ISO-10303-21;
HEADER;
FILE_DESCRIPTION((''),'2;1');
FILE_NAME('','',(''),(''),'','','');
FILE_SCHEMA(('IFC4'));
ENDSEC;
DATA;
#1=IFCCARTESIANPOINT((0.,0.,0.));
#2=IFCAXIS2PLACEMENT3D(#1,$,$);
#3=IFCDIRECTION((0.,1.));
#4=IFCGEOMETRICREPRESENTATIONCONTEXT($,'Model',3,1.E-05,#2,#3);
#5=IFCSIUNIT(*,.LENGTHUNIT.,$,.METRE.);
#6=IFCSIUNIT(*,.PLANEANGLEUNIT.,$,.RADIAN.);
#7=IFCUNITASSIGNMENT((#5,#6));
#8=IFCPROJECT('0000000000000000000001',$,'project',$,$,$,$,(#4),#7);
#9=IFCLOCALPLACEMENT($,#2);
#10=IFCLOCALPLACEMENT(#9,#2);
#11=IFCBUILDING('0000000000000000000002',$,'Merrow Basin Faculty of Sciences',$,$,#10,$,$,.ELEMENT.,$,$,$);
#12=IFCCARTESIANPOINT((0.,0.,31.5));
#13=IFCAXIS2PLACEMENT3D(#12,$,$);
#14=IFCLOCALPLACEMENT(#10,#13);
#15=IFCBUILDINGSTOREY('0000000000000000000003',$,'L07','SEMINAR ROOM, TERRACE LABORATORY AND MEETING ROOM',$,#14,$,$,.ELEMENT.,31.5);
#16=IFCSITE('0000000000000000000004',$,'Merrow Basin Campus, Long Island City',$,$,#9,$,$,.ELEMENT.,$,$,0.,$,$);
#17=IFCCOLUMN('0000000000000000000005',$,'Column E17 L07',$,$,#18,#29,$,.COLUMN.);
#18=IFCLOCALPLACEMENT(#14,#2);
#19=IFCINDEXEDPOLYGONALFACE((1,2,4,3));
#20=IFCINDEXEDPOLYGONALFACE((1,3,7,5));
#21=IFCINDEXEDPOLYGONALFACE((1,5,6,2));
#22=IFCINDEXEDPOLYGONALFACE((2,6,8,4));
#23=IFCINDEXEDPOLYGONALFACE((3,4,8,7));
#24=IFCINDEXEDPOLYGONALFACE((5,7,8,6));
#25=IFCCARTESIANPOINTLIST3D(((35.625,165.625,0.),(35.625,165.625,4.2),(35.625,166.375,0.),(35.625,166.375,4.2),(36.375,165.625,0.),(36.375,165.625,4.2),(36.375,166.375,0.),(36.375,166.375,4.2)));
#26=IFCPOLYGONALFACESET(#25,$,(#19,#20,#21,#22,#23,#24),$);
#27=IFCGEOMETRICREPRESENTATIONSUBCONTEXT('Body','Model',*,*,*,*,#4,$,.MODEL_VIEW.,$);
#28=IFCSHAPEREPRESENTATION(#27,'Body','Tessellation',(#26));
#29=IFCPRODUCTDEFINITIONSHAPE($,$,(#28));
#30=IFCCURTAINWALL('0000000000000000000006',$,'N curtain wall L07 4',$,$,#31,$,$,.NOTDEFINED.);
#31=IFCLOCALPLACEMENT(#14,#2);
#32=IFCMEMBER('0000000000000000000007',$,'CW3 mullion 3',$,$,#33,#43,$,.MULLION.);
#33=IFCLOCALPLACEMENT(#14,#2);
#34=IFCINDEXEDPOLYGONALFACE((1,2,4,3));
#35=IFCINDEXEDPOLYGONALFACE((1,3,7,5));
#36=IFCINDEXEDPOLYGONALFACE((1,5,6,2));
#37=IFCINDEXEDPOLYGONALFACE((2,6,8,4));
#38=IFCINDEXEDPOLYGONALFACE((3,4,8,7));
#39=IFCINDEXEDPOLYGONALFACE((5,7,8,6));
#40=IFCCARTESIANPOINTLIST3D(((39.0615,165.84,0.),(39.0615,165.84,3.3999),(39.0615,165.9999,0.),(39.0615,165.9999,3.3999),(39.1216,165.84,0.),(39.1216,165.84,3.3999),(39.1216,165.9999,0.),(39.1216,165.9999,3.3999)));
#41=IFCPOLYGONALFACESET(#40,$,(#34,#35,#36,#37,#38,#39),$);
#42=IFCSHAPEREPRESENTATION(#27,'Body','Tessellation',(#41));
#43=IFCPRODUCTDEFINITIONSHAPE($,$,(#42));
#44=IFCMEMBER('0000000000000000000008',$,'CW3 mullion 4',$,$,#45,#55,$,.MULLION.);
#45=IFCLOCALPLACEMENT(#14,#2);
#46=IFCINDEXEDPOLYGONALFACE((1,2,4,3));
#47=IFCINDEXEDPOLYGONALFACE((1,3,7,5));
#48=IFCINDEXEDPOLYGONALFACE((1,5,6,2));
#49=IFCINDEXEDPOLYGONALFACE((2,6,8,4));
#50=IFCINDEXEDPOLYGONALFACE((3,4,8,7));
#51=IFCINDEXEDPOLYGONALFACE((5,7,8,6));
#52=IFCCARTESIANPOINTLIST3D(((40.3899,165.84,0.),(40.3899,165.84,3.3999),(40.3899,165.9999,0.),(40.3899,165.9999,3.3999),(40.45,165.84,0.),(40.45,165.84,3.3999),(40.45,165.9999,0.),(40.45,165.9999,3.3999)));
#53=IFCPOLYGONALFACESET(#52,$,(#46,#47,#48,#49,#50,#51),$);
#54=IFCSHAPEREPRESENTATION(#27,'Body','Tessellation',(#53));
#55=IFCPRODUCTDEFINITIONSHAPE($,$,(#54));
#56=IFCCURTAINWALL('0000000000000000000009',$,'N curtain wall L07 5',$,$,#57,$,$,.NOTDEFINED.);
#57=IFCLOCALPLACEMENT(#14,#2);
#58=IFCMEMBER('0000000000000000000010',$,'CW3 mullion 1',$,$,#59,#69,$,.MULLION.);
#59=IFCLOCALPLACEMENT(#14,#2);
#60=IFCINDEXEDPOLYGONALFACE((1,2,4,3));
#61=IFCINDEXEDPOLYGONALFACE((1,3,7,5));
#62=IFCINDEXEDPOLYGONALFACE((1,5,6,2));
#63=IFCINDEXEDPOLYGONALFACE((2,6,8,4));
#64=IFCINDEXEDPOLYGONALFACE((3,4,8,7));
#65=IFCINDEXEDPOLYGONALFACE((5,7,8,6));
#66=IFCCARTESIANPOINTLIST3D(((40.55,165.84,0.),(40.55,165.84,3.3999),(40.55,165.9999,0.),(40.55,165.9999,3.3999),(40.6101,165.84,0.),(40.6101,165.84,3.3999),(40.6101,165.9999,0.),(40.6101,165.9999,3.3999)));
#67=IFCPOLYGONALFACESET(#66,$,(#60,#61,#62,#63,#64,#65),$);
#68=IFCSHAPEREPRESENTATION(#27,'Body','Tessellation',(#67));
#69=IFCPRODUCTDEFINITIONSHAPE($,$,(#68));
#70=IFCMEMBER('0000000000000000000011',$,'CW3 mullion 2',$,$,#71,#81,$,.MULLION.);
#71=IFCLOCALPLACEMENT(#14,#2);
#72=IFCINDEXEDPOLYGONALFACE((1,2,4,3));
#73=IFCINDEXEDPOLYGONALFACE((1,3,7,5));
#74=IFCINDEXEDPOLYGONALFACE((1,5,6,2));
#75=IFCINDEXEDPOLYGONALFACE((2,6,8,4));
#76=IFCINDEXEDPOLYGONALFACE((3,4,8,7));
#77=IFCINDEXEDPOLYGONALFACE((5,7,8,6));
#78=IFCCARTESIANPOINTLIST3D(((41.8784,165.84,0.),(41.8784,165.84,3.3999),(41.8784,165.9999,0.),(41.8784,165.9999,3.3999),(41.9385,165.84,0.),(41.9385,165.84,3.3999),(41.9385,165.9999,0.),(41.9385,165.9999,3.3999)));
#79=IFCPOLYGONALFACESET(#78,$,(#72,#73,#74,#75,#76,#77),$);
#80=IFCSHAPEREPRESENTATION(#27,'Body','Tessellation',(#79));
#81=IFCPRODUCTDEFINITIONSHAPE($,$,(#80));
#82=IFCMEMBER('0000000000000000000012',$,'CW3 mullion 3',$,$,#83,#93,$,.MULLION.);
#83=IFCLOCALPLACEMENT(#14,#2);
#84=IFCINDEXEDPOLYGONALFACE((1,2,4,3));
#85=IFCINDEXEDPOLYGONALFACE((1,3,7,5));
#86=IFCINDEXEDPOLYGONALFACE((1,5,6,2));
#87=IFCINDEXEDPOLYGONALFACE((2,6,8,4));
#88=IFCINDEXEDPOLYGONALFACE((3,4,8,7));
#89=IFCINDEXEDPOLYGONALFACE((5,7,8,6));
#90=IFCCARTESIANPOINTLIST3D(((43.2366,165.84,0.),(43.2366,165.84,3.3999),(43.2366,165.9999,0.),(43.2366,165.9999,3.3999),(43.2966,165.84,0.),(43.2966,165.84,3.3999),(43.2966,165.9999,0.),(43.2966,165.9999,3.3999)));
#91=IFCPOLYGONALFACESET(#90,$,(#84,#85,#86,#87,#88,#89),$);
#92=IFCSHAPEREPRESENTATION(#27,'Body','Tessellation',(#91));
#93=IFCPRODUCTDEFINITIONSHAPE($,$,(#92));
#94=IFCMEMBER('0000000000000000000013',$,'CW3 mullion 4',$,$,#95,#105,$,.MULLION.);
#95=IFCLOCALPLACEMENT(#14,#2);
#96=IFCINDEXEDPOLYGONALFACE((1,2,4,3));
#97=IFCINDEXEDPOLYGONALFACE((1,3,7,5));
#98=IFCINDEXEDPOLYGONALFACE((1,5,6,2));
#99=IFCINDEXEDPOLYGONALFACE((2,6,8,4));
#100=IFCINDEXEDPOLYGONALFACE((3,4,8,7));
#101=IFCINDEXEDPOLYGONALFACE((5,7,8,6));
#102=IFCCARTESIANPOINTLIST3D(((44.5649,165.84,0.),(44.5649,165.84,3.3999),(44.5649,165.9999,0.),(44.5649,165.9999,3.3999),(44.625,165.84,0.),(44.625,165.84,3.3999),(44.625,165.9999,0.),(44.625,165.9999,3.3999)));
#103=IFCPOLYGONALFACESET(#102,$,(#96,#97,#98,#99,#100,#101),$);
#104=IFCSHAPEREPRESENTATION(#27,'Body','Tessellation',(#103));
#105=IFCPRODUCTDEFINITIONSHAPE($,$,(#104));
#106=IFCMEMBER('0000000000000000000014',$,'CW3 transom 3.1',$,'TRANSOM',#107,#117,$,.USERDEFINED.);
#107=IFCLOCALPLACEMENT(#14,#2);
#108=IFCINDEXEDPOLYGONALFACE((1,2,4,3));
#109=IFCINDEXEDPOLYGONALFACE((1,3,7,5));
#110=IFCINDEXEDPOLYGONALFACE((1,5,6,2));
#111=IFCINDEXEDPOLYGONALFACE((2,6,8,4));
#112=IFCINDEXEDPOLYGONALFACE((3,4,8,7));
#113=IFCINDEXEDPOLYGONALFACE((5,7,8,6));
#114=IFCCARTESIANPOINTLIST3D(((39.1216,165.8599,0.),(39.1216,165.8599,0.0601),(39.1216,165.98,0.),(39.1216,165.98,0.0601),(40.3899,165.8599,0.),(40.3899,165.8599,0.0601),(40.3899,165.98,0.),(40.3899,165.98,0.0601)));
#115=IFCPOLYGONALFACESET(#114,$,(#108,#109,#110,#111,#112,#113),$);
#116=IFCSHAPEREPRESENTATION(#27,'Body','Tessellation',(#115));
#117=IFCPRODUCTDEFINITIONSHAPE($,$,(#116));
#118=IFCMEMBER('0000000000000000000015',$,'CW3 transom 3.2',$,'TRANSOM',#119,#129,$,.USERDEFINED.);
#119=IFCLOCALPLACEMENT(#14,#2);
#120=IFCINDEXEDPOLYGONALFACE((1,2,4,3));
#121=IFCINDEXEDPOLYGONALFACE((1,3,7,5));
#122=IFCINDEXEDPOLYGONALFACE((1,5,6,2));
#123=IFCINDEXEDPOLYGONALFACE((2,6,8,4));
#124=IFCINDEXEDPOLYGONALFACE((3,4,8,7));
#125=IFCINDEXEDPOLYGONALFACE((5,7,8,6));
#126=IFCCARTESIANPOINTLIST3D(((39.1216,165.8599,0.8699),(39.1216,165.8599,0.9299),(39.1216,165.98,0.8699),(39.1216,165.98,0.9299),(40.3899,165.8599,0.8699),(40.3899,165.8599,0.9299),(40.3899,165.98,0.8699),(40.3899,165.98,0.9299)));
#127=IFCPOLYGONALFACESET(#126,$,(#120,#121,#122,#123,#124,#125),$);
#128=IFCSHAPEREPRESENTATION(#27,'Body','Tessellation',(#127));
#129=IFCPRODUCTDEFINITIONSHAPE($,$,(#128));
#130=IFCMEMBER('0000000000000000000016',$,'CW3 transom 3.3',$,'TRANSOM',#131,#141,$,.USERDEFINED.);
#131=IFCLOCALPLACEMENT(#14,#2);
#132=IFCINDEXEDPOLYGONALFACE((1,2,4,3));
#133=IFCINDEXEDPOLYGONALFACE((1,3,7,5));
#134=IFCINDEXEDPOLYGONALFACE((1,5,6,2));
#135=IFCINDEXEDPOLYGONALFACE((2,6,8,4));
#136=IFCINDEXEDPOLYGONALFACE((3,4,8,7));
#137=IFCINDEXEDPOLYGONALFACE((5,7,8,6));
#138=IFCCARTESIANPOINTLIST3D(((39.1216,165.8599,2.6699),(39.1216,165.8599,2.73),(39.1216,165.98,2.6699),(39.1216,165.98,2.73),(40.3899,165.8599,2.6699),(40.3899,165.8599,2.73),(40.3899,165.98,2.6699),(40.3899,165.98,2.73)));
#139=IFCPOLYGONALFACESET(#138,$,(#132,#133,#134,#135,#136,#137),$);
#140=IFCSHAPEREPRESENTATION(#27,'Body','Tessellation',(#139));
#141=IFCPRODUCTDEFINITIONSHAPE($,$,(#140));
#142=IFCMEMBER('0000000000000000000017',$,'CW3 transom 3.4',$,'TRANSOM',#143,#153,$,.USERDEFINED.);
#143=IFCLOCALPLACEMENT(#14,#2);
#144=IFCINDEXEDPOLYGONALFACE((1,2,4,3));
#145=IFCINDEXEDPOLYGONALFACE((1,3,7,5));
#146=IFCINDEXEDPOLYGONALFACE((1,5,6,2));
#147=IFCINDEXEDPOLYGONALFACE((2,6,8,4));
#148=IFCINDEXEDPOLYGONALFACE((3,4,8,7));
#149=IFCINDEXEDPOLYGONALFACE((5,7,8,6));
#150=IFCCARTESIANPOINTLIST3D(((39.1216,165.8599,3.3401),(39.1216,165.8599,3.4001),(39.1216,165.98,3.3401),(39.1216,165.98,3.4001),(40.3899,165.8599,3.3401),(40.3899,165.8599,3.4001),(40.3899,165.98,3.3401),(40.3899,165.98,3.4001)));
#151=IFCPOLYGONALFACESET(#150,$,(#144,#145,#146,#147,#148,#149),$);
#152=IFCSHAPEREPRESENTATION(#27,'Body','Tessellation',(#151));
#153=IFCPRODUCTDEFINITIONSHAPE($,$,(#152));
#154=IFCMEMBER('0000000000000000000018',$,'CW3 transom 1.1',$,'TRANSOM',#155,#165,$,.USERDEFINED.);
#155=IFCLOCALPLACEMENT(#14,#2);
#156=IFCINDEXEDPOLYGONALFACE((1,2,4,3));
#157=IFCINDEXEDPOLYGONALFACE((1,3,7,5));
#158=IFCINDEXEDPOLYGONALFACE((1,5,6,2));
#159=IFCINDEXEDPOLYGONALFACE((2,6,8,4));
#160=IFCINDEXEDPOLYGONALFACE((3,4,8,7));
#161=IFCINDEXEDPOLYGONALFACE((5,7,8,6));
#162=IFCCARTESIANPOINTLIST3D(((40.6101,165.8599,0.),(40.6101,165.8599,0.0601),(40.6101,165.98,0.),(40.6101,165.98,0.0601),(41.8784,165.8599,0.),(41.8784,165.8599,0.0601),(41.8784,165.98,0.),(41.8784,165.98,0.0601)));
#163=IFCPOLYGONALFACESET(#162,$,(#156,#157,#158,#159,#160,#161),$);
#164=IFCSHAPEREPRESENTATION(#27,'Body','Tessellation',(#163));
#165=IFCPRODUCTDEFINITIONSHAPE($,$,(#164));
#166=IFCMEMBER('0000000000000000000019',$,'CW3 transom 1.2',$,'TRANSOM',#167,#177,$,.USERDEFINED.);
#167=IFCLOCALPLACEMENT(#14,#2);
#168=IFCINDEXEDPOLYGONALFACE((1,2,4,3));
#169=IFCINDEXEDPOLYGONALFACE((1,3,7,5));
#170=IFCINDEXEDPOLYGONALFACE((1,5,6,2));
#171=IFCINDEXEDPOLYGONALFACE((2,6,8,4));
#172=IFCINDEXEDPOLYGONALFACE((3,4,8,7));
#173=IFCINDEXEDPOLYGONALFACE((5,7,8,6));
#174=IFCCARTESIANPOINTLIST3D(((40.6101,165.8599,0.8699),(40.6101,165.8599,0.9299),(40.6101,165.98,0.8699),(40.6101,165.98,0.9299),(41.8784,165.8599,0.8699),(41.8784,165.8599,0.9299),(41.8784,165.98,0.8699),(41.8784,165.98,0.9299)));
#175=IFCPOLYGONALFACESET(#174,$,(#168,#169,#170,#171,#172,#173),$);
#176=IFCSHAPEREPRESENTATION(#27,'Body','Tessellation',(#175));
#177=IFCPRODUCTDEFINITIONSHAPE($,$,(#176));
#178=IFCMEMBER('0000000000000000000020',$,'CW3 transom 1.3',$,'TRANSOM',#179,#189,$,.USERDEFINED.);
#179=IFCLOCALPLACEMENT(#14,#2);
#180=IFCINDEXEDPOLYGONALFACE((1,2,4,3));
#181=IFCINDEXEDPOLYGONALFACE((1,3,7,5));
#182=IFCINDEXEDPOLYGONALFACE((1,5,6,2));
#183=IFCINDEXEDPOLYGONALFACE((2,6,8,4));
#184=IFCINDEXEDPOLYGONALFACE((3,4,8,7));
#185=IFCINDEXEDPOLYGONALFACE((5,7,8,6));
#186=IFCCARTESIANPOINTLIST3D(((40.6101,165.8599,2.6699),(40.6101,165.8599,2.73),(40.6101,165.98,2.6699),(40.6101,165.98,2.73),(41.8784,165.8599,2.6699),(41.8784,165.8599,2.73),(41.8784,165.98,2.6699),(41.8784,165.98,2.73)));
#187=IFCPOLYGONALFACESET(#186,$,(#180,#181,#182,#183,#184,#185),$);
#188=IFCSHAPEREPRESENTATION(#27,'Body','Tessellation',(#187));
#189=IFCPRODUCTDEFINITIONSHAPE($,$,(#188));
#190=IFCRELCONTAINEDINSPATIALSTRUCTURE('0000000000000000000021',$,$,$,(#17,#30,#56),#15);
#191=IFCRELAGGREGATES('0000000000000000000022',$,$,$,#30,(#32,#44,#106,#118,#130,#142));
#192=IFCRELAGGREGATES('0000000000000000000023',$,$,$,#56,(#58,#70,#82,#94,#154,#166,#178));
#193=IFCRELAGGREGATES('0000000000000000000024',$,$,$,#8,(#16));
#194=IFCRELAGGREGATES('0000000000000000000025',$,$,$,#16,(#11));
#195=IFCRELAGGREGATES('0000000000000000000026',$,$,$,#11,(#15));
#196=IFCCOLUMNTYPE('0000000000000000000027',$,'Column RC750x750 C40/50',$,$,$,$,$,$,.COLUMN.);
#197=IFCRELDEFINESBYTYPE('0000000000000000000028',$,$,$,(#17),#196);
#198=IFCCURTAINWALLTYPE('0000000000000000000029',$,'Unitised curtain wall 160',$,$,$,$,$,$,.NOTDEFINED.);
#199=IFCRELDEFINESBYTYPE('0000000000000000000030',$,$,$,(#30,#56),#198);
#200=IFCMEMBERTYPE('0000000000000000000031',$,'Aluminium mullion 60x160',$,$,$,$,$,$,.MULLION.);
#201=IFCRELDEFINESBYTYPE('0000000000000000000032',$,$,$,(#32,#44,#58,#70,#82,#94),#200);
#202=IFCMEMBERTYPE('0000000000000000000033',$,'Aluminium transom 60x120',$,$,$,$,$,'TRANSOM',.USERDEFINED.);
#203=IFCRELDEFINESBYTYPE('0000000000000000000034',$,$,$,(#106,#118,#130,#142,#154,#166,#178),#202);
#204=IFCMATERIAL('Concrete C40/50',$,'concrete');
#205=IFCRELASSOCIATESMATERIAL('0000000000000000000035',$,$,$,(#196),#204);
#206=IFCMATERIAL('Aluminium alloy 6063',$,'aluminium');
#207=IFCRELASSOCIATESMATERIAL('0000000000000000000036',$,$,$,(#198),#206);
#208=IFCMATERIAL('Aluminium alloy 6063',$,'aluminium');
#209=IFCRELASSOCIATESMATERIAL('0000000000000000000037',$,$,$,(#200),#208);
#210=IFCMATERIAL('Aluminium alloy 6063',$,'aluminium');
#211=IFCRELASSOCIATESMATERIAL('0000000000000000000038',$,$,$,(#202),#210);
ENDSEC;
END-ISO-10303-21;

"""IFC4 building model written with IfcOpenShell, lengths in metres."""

from ifc_helpers import new_model, si_unit, direction, frame, origin, origin_2d, place, context, subcontext, project, spatial, rectangle, extrude, material, material_profile, profile_set, type_object, element, aggregate, save


model = new_model("IFC4")

# Units and contexts
model_context = context("Model", 3, precision=1e-05, world=origin(), true_north=direction((0.0, 1.0)))
body_context = subcontext(model_context, "Body", "Model", "MODEL_VIEW")
ifc_project = project(units=[si_unit("LENGTHUNIT", "METRE"), si_unit("PLANEANGLEUNIT", "RADIAN")], contexts=[model_context])

# Site, building, storey
site_placement = place(None, origin())
site = spatial("IfcSite", under=ifc_project, at=site_placement, Name="Merrow Basin Campus, Long Island City", CompositionType="ELEMENT", RefElevation=0.0)
building_placement = place(site_placement, origin())
building = spatial("IfcBuilding", under=site, at=building_placement, Name="Merrow Basin Faculty of Sciences", CompositionType="ELEMENT")
storey_placement = place(building_placement, frame((0.0, 0.0, 31.5)))
storey = spatial("IfcBuildingStorey", under=building, at=storey_placement, Name="L07", Description="SEMINAR ROOM, TERRACE LABORATORY AND MEETING ROOM", CompositionType="ELEMENT", Elevation=31.5)

# Column
ifc_material_1 = material(Name="Concrete C40/50", Category="concrete")
ifc_material_profile_1 = material_profile(ifc_material_1, rectangle(XDim=0.75, YDim=0.75, at=origin_2d()))
ifc_profile_set_1 = profile_set([ifc_material_profile_1], Name="Concrete C40/50")
column_type = type_object("IfcColumnType", Name="Column RC750x750 C40/50", PredefinedType="COLUMN", material=ifc_profile_set_1)
column_placement = place(storey_placement, frame((36.0, 166.0, 0.0), z_axis=(0.0, 0.0, 1.0), x_axis=(1.0, 0.0, 0.0)))
element("IfcColumn", 1, at=column_placement, inside=storey, type_object=column_type, Name="Column E17 L07", PredefinedType="COLUMN", context=body_context, shape_type="SweptSolid", body=[
    extrude(rectangle(XDim=0.75, YDim=0.75, at=origin_2d()), origin(), (0.0, 0.0, 1.0), 4.2),
])

# Curtain walls, members
ifc_material_2 = material(Name="Aluminium alloy 6063", Category="aluminium")
curtain_wall_type = type_object("IfcCurtainWallType", Name="Unitised curtain wall 160", PredefinedType="NOTDEFINED", material=ifc_material_2)
curtain_wall_1_placement = place(storey_placement, origin())
curtain_wall_1 = element("IfcCurtainWall", 2, at=curtain_wall_1_placement, inside=storey, type_object=curtain_wall_type, Name="N curtain wall L07 4", PredefinedType="NOTDEFINED")
ifc_material_3 = material(Name="Aluminium alloy 6063", Category="aluminium")
ifc_material_profile_2 = material_profile(ifc_material_3, rectangle(XDim=0.1599, YDim=0.0601, at=origin_2d()))
ifc_profile_set_2 = profile_set([ifc_material_profile_2], Name="Aluminium alloy 6063")
member_type_1 = type_object("IfcMemberType", Name="Aluminium mullion 60x160", PredefinedType="MULLION", material=ifc_profile_set_2)
member_1_placement = place(storey_placement, frame((39.0916, 165.9199, 0.0), z_axis=(0.0, 0.0, 1.0), x_axis=(0.0, 1.0, 0.0)))
member_1 = element("IfcMember", 3, at=member_1_placement, type_object=member_type_1, Name="CW3 mullion 3", PredefinedType="MULLION", context=body_context, shape_type="SweptSolid", body=[
    extrude(rectangle(XDim=0.1599, YDim=0.0601, at=origin_2d()), origin(), (0.0, 0.0, 1.0), 3.3999),
])
member_2_placement = place(storey_placement, frame((40.4199, 165.9199, 0.0), z_axis=(0.0, 0.0, 1.0), x_axis=(0.0, 1.0, 0.0)))
member_2 = element("IfcMember", 4, at=member_2_placement, type_object=member_type_1, Name="CW3 mullion 4", PredefinedType="MULLION", context=body_context, shape_type="SweptSolid", body=[
    extrude(rectangle(XDim=0.1599, YDim=0.0601, at=origin_2d()), origin(), (0.0, 0.0, 1.0), 3.3999),
])
curtain_wall_2_placement = place(storey_placement, origin())
curtain_wall_2 = element("IfcCurtainWall", 5, at=curtain_wall_2_placement, inside=storey, type_object=curtain_wall_type, Name="N curtain wall L07 5", PredefinedType="NOTDEFINED")
member_3_placement = place(storey_placement, frame((40.5801, 165.9199, 0.0), z_axis=(0.0, 0.0, 1.0), x_axis=(0.0, 1.0, 0.0)))
member_3 = element("IfcMember", 6, at=member_3_placement, type_object=member_type_1, Name="CW3 mullion 1", PredefinedType="MULLION", context=body_context, shape_type="SweptSolid", body=[
    extrude(rectangle(XDim=0.1599, YDim=0.0601, at=origin_2d()), origin(), (0.0, 0.0, 1.0), 3.3999),
])
member_4_placement = place(storey_placement, frame((41.9084, 165.9199, 0.0), z_axis=(0.0, 0.0, 1.0), x_axis=(0.0, 1.0, 0.0)))
member_4 = element("IfcMember", 7, at=member_4_placement, type_object=member_type_1, Name="CW3 mullion 2", PredefinedType="MULLION", context=body_context, shape_type="SweptSolid", body=[
    extrude(rectangle(XDim=0.1599, YDim=0.0601, at=origin_2d()), origin(), (0.0, 0.0, 1.0), 3.3999),
])
member_5_placement = place(storey_placement, frame((43.2666, 165.9199, 0.0), z_axis=(0.0, 0.0, 1.0), x_axis=(0.0, 1.0, 0.0)))
member_5 = element("IfcMember", 8, at=member_5_placement, type_object=member_type_1, Name="CW3 mullion 3", PredefinedType="MULLION", context=body_context, shape_type="SweptSolid", body=[
    extrude(rectangle(XDim=0.1599, YDim=0.0601, at=origin_2d()), origin(), (0.0, 0.0, 1.0), 3.3999),
])
member_6_placement = place(storey_placement, frame((44.595, 165.9199, 0.0), z_axis=(0.0, 0.0, 1.0), x_axis=(0.0, 1.0, 0.0)))
member_6 = element("IfcMember", 9, at=member_6_placement, type_object=member_type_1, Name="CW3 mullion 4", PredefinedType="MULLION", context=body_context, shape_type="SweptSolid", body=[
    extrude(rectangle(XDim=0.1599, YDim=0.0601, at=origin_2d()), origin(), (0.0, 0.0, 1.0), 3.3999),
])

# Members
ifc_material_4 = material(Name="Aluminium alloy 6063", Category="aluminium")
ifc_material_profile_3 = material_profile(ifc_material_4, rectangle(XDim=0.1201, YDim=0.0601, at=origin_2d()))
ifc_profile_set_3 = profile_set([ifc_material_profile_3], Name="Aluminium alloy 6063")
member_type_2 = type_object("IfcMemberType", Name="Aluminium transom 60x120", ElementType="TRANSOM", PredefinedType="USERDEFINED", material=ifc_profile_set_3)
member_7_placement = place(storey_placement, frame((39.1216, 165.9199, 0.03), z_axis=(1.0, 0.0, 0.0), x_axis=(0.0, 1.0, 0.0)))
member_7 = element("IfcMember", 10, at=member_7_placement, type_object=member_type_2, Name="CW3 transom 3.1", ObjectType="TRANSOM", PredefinedType="USERDEFINED", context=body_context, shape_type="SweptSolid", body=[
    extrude(rectangle(XDim=0.1201, YDim=0.0601, at=origin_2d()), origin(), (0.0, 0.0, 1.0), 1.2683),
])
member_8_placement = place(storey_placement, frame((39.1216, 165.9199, 0.8999), z_axis=(1.0, 0.0, 0.0), x_axis=(0.0, 1.0, 0.0)))
member_8 = element("IfcMember", 11, at=member_8_placement, type_object=member_type_2, Name="CW3 transom 3.2", ObjectType="TRANSOM", PredefinedType="USERDEFINED", context=body_context, shape_type="SweptSolid", body=[
    extrude(rectangle(XDim=0.1201, YDim=0.0601, at=origin_2d()), origin(), (0.0, 0.0, 1.0), 1.2683),
])
member_9_placement = place(storey_placement, frame((39.1216, 165.9199, 2.7), z_axis=(1.0, 0.0, 0.0), x_axis=(0.0, 1.0, 0.0)))
member_9 = element("IfcMember", 12, at=member_9_placement, type_object=member_type_2, Name="CW3 transom 3.3", ObjectType="TRANSOM", PredefinedType="USERDEFINED", context=body_context, shape_type="SweptSolid", body=[
    extrude(rectangle(XDim=0.1201, YDim=0.0601, at=origin_2d()), origin(), (0.0, 0.0, 1.0), 1.2683),
])
member_10_placement = place(storey_placement, frame((39.1216, 165.9199, 3.3701), z_axis=(1.0, 0.0, 0.0), x_axis=(0.0, 1.0, 0.0)))
member_10 = element("IfcMember", 13, at=member_10_placement, type_object=member_type_2, Name="CW3 transom 3.4", ObjectType="TRANSOM", PredefinedType="USERDEFINED", context=body_context, shape_type="SweptSolid", body=[
    extrude(rectangle(XDim=0.1201, YDim=0.0601, at=origin_2d()), origin(), (0.0, 0.0, 1.0), 1.2683),
])
member_11_placement = place(storey_placement, frame((40.6101, 165.9199, 0.03), z_axis=(1.0, 0.0, 0.0), x_axis=(0.0, 1.0, 0.0)))
member_11 = element("IfcMember", 14, at=member_11_placement, type_object=member_type_2, Name="CW3 transom 1.1", ObjectType="TRANSOM", PredefinedType="USERDEFINED", context=body_context, shape_type="SweptSolid", body=[
    extrude(rectangle(XDim=0.1201, YDim=0.0601, at=origin_2d()), origin(), (0.0, 0.0, 1.0), 1.2683),
])
member_12_placement = place(storey_placement, frame((40.6101, 165.9199, 0.8999), z_axis=(1.0, 0.0, 0.0), x_axis=(0.0, 1.0, 0.0)))
member_12 = element("IfcMember", 15, at=member_12_placement, type_object=member_type_2, Name="CW3 transom 1.2", ObjectType="TRANSOM", PredefinedType="USERDEFINED", context=body_context, shape_type="SweptSolid", body=[
    extrude(rectangle(XDim=0.1201, YDim=0.0601, at=origin_2d()), origin(), (0.0, 0.0, 1.0), 1.2683),
])
member_13_placement = place(storey_placement, frame((40.6101, 165.9199, 2.7), z_axis=(1.0, 0.0, 0.0), x_axis=(0.0, 1.0, 0.0)))
member_13 = element("IfcMember", 16, at=member_13_placement, type_object=member_type_2, Name="CW3 transom 1.3", ObjectType="TRANSOM", PredefinedType="USERDEFINED", context=body_context, shape_type="SweptSolid", body=[
    extrude(rectangle(XDim=0.1201, YDim=0.0601, at=origin_2d()), origin(), (0.0, 0.0, 1.0), 1.2683),
])

aggregate(curtain_wall_1, [member_1, member_2, member_7, member_8, member_9, member_10])
aggregate(curtain_wall_2, [member_3, member_4, member_5, member_6, member_11, member_12, member_13])

save(model, "model.ifc")
